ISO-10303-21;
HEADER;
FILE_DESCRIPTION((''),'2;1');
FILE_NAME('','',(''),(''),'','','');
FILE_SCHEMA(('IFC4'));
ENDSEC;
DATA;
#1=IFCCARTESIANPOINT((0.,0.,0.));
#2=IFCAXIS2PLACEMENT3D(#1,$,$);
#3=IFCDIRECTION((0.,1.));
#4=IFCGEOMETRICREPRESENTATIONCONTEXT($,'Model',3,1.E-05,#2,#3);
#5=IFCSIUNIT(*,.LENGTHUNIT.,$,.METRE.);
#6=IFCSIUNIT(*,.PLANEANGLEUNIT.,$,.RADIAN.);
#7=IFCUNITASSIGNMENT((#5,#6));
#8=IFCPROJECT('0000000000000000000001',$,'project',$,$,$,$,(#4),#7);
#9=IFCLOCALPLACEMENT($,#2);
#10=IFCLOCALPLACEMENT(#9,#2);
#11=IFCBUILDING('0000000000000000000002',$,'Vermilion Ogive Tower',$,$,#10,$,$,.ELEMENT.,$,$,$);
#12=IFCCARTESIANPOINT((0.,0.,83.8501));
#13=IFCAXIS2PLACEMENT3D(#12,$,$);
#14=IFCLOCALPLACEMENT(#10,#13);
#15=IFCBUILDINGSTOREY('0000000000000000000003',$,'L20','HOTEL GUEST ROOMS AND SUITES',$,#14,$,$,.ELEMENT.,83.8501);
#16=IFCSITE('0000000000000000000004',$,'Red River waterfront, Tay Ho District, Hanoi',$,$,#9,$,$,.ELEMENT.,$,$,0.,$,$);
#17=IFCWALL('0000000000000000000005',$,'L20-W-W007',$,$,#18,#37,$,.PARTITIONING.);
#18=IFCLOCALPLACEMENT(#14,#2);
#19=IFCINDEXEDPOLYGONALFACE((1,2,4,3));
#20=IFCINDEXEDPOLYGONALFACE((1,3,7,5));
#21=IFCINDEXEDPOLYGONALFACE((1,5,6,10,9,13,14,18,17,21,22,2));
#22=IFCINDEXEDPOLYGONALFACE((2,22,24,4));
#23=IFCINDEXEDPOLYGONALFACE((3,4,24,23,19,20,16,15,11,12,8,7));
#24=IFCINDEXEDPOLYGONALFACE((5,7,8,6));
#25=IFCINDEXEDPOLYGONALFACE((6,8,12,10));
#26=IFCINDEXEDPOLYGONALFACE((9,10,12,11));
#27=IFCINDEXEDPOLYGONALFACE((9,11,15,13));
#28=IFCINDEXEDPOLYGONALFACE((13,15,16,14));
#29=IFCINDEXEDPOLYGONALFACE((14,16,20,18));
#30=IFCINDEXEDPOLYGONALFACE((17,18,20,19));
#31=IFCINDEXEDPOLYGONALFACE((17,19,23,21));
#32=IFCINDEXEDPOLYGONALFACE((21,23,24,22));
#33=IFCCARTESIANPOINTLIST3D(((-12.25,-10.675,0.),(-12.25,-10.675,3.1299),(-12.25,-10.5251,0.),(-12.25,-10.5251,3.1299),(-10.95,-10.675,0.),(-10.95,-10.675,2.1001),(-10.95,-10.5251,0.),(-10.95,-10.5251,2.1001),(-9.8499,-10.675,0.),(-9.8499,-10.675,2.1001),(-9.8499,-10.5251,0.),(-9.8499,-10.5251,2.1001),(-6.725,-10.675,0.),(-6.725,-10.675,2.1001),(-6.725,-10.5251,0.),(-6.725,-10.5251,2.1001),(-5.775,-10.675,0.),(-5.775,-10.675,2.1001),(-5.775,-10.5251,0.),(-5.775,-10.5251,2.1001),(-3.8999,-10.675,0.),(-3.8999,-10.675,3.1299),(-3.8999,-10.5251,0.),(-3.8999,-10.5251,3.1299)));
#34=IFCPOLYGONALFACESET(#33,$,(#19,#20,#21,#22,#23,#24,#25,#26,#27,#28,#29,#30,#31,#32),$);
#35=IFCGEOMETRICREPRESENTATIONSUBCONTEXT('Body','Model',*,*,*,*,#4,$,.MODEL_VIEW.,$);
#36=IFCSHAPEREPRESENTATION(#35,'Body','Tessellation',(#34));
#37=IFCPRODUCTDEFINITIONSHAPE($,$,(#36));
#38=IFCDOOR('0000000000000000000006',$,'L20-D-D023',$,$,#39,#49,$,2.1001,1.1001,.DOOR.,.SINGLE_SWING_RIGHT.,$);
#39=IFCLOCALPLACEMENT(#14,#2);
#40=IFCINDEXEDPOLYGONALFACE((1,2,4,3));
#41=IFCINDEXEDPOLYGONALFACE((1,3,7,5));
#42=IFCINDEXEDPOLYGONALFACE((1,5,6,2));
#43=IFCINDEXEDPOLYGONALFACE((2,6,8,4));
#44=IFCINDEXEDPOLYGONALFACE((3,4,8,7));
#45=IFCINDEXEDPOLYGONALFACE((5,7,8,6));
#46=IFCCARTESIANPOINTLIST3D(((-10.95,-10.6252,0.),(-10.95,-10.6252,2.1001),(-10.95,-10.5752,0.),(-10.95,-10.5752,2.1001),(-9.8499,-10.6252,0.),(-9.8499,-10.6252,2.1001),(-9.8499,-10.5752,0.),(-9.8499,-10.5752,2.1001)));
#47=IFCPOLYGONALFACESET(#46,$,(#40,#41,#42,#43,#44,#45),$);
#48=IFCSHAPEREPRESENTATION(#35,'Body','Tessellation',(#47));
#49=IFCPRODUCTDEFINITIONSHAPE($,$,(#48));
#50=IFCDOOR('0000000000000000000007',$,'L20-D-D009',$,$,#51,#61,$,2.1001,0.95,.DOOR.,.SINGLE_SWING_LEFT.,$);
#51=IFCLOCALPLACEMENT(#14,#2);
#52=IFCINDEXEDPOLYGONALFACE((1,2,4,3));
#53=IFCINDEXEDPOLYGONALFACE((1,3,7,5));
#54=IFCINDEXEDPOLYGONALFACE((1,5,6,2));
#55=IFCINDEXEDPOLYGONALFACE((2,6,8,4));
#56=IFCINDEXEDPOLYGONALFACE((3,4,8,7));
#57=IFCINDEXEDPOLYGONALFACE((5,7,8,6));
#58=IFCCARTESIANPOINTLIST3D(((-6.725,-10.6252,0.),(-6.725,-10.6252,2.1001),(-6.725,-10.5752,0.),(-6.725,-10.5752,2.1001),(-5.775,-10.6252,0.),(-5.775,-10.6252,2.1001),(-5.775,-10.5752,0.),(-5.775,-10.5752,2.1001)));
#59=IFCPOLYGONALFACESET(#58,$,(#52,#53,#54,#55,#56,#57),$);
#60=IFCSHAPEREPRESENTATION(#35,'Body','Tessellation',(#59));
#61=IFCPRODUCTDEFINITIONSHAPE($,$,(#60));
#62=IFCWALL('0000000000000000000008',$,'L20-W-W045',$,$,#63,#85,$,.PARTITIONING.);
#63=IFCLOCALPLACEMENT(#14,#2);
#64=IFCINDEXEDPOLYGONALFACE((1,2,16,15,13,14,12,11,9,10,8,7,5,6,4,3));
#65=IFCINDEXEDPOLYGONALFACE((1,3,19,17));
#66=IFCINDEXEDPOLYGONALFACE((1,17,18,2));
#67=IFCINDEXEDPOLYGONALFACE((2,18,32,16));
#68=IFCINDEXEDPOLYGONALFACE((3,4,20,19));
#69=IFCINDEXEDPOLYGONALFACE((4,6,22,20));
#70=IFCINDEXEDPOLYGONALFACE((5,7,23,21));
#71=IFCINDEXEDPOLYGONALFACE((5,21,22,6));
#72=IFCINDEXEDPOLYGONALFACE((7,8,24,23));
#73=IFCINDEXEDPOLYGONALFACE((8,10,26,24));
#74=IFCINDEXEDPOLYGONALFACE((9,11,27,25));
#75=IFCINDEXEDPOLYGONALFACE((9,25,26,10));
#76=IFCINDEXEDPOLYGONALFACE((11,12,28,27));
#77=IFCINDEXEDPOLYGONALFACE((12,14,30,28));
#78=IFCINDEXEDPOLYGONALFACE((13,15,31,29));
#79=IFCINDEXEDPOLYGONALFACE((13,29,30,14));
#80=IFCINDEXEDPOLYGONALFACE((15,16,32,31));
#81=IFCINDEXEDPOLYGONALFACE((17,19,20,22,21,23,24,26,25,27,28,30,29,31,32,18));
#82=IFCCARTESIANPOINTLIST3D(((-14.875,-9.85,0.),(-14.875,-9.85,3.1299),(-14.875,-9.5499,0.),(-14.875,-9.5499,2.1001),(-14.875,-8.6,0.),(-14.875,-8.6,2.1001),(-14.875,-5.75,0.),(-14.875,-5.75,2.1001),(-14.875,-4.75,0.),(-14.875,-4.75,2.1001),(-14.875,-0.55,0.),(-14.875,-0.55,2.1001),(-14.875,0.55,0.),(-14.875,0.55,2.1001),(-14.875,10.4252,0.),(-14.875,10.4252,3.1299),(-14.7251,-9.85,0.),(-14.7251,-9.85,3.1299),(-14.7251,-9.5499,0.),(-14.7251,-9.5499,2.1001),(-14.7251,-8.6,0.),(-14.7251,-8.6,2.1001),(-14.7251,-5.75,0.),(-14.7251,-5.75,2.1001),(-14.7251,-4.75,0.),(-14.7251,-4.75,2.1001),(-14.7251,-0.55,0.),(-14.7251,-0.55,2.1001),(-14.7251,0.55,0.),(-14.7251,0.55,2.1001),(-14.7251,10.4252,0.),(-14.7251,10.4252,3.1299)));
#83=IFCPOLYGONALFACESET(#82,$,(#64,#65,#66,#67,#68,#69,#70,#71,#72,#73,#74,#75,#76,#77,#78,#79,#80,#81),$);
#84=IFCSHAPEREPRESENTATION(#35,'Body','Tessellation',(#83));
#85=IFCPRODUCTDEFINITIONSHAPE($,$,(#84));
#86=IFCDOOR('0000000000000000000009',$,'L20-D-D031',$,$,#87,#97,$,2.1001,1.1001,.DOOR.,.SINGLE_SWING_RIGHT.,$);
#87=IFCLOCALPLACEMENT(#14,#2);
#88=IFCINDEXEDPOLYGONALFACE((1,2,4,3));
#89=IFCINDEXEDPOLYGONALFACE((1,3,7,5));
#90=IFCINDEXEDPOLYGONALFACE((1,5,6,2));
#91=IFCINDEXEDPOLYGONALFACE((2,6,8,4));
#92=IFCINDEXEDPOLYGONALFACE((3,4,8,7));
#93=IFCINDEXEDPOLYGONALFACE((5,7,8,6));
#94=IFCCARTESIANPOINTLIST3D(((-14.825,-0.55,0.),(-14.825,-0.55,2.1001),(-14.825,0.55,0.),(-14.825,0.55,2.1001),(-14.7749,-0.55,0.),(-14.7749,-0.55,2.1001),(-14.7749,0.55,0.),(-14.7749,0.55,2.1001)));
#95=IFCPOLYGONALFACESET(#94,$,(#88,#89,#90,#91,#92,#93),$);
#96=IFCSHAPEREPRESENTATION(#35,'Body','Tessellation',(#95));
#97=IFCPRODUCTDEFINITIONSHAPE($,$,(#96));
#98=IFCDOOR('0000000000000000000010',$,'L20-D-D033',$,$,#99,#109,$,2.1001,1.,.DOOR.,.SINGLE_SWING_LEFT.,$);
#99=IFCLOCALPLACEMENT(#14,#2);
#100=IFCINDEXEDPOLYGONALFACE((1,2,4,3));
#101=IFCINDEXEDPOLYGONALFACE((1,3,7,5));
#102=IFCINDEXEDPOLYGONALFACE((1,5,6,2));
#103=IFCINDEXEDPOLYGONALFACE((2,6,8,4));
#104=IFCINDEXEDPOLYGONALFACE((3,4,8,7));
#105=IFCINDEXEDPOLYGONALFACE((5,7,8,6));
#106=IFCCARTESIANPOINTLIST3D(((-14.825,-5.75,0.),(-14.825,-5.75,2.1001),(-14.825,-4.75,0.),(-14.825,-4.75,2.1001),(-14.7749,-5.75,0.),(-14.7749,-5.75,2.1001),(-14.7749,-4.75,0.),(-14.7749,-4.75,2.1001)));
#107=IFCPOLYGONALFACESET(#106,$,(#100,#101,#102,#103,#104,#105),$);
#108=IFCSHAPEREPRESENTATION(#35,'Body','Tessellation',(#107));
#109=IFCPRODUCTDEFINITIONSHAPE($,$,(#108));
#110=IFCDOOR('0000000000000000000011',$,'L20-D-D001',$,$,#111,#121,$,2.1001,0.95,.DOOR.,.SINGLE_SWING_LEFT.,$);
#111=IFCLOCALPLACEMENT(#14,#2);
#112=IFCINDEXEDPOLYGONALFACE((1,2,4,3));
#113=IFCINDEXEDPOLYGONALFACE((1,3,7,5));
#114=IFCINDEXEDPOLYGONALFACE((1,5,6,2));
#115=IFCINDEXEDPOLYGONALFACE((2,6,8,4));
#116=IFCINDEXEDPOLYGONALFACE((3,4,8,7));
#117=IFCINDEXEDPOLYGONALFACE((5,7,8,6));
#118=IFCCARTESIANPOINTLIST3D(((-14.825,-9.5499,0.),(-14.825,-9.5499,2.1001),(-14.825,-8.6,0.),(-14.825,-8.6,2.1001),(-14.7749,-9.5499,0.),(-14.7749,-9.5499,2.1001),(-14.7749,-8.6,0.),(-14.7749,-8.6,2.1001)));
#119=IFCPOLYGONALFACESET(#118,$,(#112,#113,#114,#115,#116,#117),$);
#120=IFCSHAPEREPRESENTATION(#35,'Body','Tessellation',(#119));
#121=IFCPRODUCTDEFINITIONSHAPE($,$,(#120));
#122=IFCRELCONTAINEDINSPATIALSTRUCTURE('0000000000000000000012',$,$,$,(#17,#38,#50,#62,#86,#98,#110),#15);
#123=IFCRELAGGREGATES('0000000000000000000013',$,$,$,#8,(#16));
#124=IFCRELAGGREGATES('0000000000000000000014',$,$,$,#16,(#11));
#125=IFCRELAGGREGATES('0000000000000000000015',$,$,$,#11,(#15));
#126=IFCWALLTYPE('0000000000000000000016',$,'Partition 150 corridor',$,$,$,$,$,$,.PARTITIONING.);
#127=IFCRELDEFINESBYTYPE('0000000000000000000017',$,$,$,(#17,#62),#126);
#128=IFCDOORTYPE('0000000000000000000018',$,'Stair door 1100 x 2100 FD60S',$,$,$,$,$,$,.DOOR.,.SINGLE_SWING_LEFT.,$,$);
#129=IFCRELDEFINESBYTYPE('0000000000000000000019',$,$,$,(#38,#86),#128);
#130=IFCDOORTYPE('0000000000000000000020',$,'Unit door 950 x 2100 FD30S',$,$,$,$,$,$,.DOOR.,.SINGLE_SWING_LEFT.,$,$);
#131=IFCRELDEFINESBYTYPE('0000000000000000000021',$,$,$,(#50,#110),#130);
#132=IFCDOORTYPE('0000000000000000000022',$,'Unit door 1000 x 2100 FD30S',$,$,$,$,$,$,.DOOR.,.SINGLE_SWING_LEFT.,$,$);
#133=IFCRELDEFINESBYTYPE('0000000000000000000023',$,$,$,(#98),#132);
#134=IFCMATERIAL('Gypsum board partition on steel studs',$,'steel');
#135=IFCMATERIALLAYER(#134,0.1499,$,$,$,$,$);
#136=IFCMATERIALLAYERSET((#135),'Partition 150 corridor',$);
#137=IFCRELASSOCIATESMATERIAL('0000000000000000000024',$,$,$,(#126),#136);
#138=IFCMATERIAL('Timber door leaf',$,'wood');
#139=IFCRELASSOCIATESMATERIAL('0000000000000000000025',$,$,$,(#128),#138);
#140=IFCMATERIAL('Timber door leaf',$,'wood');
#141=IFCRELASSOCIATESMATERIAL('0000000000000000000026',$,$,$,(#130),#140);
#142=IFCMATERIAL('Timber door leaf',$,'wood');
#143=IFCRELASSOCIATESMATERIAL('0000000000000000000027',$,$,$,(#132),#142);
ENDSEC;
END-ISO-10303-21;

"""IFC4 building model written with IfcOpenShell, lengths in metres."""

from ifc_helpers import new_model, si_unit, direction, frame, frame_2d, origin, place, context, subcontext, project, spatial, rectangle, extrude, material, layer, layer_set, type_object, element, fill, save


model = new_model("IFC4")

# Units and contexts
model_context = context("Model", 3, precision=1e-05, world=origin(), true_north=direction((0.0, 1.0)))
body_context = subcontext(model_context, "Body", "Model", "MODEL_VIEW")
ifc_project = project(units=[si_unit("LENGTHUNIT", "METRE"), si_unit("PLANEANGLEUNIT", "RADIAN")], contexts=[model_context])

# Site, building, storey
site_placement = place(None, origin())
site = spatial("IfcSite", under=ifc_project, at=site_placement, Name="Red River waterfront, Tay Ho District, Hanoi", CompositionType="ELEMENT", RefElevation=0.0)
building_placement = place(site_placement, origin())
building = spatial("IfcBuilding", under=site, at=building_placement, Name="Vermilion Ogive Tower", CompositionType="ELEMENT")
storey_placement = place(building_placement, frame((0.0, 0.0, 83.8501)))
storey = spatial("IfcBuildingStorey", under=building, at=storey_placement, Name="L20", Description="HOTEL GUEST ROOMS AND SUITES", CompositionType="ELEMENT", Elevation=83.8501)

# Walls, openings, doors
ifc_material_1 = material(Name="Gypsum board partition on steel studs", Category="steel")
ifc_layer_1 = layer(ifc_material_1, 0.1499)
ifc_layer_set_1 = layer_set([ifc_layer_1], Name="Partition 150 corridor")
wall_type_1 = type_object("IfcWallType", Name="Partition 150 corridor", PredefinedType="PARTITIONING", material=ifc_layer_set_1)
wall_1_placement = place(storey_placement, frame((-12.25, -10.6001, 0.0), z_axis=(0.0, 0.0, 1.0), x_axis=(1.0, 0.0, 0.0)))
wall_1 = element("IfcWall", 1, at=wall_1_placement, inside=storey, type_object=wall_type_1, Name="L20-W-W007", PredefinedType="PARTITIONING", context=body_context, shape_type="SweptSolid", body=[
    extrude(rectangle(XDim=8.3501, YDim=0.1499, at=frame_2d((4.175, 0.0))), origin(), (0.0, 0.0, 1.0), 3.1299),
])
opening_1_placement = place(wall_1_placement, frame((5.5249, 0.0, 0.0)))
opening_1 = element("IfcOpeningElement", 2, at=opening_1_placement, cuts=wall_1, PredefinedType="OPENING", context=body_context, shape_type="SweptSolid", body=[
    extrude(rectangle(XDim=0.95, YDim=2.1001, at=frame_2d((0.4751, 1.05))), frame((0.0, 0.085, 0.0), z_axis=(0.0, -1.0, 0.0), x_axis=(1.0, 0.0, 0.0)), (0.0, 0.0, 1.0), 0.1699),
])
opening_2_placement = place(wall_1_placement, frame((1.3, 0.0, 0.0)))
opening_2 = element("IfcOpeningElement", 3, at=opening_2_placement, cuts=wall_1, PredefinedType="OPENING", context=body_context, shape_type="SweptSolid", body=[
    extrude(rectangle(XDim=1.1001, YDim=2.1001, at=frame_2d((0.55, 1.05))), frame((0.0, 0.085, 0.0), z_axis=(0.0, -1.0, 0.0), x_axis=(1.0, 0.0, 0.0)), (0.0, 0.0, 1.0), 0.1699),
])
ifc_material_2 = material(Name="Timber door leaf", Category="wood")
door_type_1 = type_object("IfcDoorType", Name="Stair door 1100 x 2100 FD60S", OperationType="SINGLE_SWING_LEFT", PredefinedType="DOOR", material=ifc_material_2)
door_1_placement = place(opening_2_placement, origin())
door_1 = element("IfcDoor", 4, at=door_1_placement, inside=storey, type_object=door_type_1, Name="L20-D-D023", OperationType="SINGLE_SWING_RIGHT", OverallHeight=2.1001, OverallWidth=1.1001, PredefinedType="DOOR", context=body_context, shape_type="SweptSolid", body=[
    extrude(rectangle(XDim=1.1001, YDim=2.1001, at=frame_2d((0.55, 1.05))), frame((0.0, 0.0249, 0.0), z_axis=(0.0, -1.0, 0.0), x_axis=(1.0, 0.0, 0.0)), (0.0, 0.0, 1.0), 0.05),
])
fill(opening_2, door_1)
ifc_material_3 = material(Name="Timber door leaf", Category="wood")
door_type_2 = type_object("IfcDoorType", Name="Unit door 950 x 2100 FD30S", OperationType="SINGLE_SWING_LEFT", PredefinedType="DOOR", material=ifc_material_3)
door_2_placement = place(opening_1_placement, origin())
door_2 = element("IfcDoor", 5, at=door_2_placement, inside=storey, type_object=door_type_2, Name="L20-D-D009", OperationType="SINGLE_SWING_LEFT", OverallHeight=2.1001, OverallWidth=0.95, PredefinedType="DOOR", context=body_context, shape_type="SweptSolid", body=[
    extrude(rectangle(XDim=0.95, YDim=2.1001, at=frame_2d((0.4751, 1.05))), frame((0.0, 0.0249, 0.0), z_axis=(0.0, -1.0, 0.0), x_axis=(1.0, 0.0, 0.0)), (0.0, 0.0, 1.0), 0.05),
])
fill(opening_1, door_2)
wall_2_placement = place(storey_placement, frame((-14.8, -9.8501, 0.0), z_axis=(0.0, 0.0, 1.0), x_axis=(0.0, 1.0, 0.0)))
wall_2 = element("IfcWall", 6, at=wall_2_placement, inside=storey, type_object=wall_type_1, Name="L20-W-W045", PredefinedType="PARTITIONING", context=body_context, shape_type="SweptSolid", body=[
    extrude(rectangle(XDim=20.2751, YDim=0.1499, at=frame_2d((10.1377, 0.0))), origin(), (0.0, 0.0, 1.0), 3.1299),
])
opening_3_placement = place(wall_2_placement, frame((0.3, 0.0, 0.0)))
opening_3 = element("IfcOpeningElement", 7, at=opening_3_placement, cuts=wall_2, PredefinedType="OPENING", context=body_context, shape_type="SweptSolid", body=[
    extrude(rectangle(XDim=0.95, YDim=2.1001, at=frame_2d((0.4751, 1.05))), frame((0.0, 0.085, 0.0), z_axis=(0.0, -1.0, 0.0), x_axis=(1.0, 0.0, 0.0)), (0.0, 0.0, 1.0), 0.1699),
])
opening_4_placement = place(wall_2_placement, frame((9.3, 0.0, 0.0)))
opening_4 = element("IfcOpeningElement", 8, at=opening_4_placement, cuts=wall_2, PredefinedType="OPENING", context=body_context, shape_type="SweptSolid", body=[
    extrude(rectangle(XDim=1.1001, YDim=2.1001, at=frame_2d((0.55, 1.05))), frame((0.0, 0.085, 0.0), z_axis=(0.0, -1.0, 0.0), x_axis=(1.0, 0.0, 0.0)), (0.0, 0.0, 1.0), 0.1699),
])
opening_5_placement = place(wall_2_placement, frame((4.1001, 0.0, 0.0)))
opening_5 = element("IfcOpeningElement", 9, at=opening_5_placement, cuts=wall_2, PredefinedType="OPENING", context=body_context, shape_type="SweptSolid", body=[
    extrude(rectangle(XDim=1.0, YDim=2.1001, at=frame_2d((0.5, 1.05))), frame((0.0, 0.085, 0.0), z_axis=(0.0, -1.0, 0.0), x_axis=(1.0, 0.0, 0.0)), (0.0, 0.0, 1.0), 0.1699),
])
door_3_placement = place(opening_4_placement, origin())
door_3 = element("IfcDoor", 10, at=door_3_placement, inside=storey, type_object=door_type_1, Name="L20-D-D031", OperationType="SINGLE_SWING_RIGHT", OverallHeight=2.1001, OverallWidth=1.1001, PredefinedType="DOOR", context=body_context, shape_type="SweptSolid", body=[
    extrude(rectangle(XDim=1.1001, YDim=2.1001, at=frame_2d((0.55, 1.05))), frame((0.0, 0.0249, 0.0), z_axis=(0.0, -1.0, 0.0), x_axis=(1.0, 0.0, 0.0)), (0.0, 0.0, 1.0), 0.05),
])
fill(opening_4, door_3)
ifc_material_4 = material(Name="Timber door leaf", Category="wood")
door_type_3 = type_object("IfcDoorType", Name="Unit door 1000 x 2100 FD30S", OperationType="SINGLE_SWING_LEFT", PredefinedType="DOOR", material=ifc_material_4)
door_4_placement = place(opening_5_placement, origin())
door_4 = element("IfcDoor", 11, at=door_4_placement, inside=storey, type_object=door_type_3, Name="L20-D-D033", OperationType="SINGLE_SWING_LEFT", OverallHeight=2.1001, OverallWidth=1.0, PredefinedType="DOOR", context=body_context, shape_type="SweptSolid", body=[
    extrude(rectangle(XDim=1.0, YDim=2.1001, at=frame_2d((0.5, 1.05))), frame((0.0, 0.0249, 0.0), z_axis=(0.0, -1.0, 0.0), x_axis=(1.0, 0.0, 0.0)), (0.0, 0.0, 1.0), 0.05),
])
fill(opening_5, door_4)
door_5_placement = place(opening_3_placement, origin())
door_5 = element("IfcDoor", 12, at=door_5_placement, inside=storey, type_object=door_type_2, Name="L20-D-D001", OperationType="SINGLE_SWING_LEFT", OverallHeight=2.1001, OverallWidth=0.95, PredefinedType="DOOR", context=body_context, shape_type="SweptSolid", body=[
    extrude(rectangle(XDim=0.95, YDim=2.1001, at=frame_2d((0.4751, 1.05))), frame((0.0, 0.0249, 0.0), z_axis=(0.0, -1.0, 0.0), x_axis=(1.0, 0.0, 0.0)), (0.0, 0.0, 1.0), 0.05),
])
fill(opening_3, door_5)

save(model, "model.ifc")
